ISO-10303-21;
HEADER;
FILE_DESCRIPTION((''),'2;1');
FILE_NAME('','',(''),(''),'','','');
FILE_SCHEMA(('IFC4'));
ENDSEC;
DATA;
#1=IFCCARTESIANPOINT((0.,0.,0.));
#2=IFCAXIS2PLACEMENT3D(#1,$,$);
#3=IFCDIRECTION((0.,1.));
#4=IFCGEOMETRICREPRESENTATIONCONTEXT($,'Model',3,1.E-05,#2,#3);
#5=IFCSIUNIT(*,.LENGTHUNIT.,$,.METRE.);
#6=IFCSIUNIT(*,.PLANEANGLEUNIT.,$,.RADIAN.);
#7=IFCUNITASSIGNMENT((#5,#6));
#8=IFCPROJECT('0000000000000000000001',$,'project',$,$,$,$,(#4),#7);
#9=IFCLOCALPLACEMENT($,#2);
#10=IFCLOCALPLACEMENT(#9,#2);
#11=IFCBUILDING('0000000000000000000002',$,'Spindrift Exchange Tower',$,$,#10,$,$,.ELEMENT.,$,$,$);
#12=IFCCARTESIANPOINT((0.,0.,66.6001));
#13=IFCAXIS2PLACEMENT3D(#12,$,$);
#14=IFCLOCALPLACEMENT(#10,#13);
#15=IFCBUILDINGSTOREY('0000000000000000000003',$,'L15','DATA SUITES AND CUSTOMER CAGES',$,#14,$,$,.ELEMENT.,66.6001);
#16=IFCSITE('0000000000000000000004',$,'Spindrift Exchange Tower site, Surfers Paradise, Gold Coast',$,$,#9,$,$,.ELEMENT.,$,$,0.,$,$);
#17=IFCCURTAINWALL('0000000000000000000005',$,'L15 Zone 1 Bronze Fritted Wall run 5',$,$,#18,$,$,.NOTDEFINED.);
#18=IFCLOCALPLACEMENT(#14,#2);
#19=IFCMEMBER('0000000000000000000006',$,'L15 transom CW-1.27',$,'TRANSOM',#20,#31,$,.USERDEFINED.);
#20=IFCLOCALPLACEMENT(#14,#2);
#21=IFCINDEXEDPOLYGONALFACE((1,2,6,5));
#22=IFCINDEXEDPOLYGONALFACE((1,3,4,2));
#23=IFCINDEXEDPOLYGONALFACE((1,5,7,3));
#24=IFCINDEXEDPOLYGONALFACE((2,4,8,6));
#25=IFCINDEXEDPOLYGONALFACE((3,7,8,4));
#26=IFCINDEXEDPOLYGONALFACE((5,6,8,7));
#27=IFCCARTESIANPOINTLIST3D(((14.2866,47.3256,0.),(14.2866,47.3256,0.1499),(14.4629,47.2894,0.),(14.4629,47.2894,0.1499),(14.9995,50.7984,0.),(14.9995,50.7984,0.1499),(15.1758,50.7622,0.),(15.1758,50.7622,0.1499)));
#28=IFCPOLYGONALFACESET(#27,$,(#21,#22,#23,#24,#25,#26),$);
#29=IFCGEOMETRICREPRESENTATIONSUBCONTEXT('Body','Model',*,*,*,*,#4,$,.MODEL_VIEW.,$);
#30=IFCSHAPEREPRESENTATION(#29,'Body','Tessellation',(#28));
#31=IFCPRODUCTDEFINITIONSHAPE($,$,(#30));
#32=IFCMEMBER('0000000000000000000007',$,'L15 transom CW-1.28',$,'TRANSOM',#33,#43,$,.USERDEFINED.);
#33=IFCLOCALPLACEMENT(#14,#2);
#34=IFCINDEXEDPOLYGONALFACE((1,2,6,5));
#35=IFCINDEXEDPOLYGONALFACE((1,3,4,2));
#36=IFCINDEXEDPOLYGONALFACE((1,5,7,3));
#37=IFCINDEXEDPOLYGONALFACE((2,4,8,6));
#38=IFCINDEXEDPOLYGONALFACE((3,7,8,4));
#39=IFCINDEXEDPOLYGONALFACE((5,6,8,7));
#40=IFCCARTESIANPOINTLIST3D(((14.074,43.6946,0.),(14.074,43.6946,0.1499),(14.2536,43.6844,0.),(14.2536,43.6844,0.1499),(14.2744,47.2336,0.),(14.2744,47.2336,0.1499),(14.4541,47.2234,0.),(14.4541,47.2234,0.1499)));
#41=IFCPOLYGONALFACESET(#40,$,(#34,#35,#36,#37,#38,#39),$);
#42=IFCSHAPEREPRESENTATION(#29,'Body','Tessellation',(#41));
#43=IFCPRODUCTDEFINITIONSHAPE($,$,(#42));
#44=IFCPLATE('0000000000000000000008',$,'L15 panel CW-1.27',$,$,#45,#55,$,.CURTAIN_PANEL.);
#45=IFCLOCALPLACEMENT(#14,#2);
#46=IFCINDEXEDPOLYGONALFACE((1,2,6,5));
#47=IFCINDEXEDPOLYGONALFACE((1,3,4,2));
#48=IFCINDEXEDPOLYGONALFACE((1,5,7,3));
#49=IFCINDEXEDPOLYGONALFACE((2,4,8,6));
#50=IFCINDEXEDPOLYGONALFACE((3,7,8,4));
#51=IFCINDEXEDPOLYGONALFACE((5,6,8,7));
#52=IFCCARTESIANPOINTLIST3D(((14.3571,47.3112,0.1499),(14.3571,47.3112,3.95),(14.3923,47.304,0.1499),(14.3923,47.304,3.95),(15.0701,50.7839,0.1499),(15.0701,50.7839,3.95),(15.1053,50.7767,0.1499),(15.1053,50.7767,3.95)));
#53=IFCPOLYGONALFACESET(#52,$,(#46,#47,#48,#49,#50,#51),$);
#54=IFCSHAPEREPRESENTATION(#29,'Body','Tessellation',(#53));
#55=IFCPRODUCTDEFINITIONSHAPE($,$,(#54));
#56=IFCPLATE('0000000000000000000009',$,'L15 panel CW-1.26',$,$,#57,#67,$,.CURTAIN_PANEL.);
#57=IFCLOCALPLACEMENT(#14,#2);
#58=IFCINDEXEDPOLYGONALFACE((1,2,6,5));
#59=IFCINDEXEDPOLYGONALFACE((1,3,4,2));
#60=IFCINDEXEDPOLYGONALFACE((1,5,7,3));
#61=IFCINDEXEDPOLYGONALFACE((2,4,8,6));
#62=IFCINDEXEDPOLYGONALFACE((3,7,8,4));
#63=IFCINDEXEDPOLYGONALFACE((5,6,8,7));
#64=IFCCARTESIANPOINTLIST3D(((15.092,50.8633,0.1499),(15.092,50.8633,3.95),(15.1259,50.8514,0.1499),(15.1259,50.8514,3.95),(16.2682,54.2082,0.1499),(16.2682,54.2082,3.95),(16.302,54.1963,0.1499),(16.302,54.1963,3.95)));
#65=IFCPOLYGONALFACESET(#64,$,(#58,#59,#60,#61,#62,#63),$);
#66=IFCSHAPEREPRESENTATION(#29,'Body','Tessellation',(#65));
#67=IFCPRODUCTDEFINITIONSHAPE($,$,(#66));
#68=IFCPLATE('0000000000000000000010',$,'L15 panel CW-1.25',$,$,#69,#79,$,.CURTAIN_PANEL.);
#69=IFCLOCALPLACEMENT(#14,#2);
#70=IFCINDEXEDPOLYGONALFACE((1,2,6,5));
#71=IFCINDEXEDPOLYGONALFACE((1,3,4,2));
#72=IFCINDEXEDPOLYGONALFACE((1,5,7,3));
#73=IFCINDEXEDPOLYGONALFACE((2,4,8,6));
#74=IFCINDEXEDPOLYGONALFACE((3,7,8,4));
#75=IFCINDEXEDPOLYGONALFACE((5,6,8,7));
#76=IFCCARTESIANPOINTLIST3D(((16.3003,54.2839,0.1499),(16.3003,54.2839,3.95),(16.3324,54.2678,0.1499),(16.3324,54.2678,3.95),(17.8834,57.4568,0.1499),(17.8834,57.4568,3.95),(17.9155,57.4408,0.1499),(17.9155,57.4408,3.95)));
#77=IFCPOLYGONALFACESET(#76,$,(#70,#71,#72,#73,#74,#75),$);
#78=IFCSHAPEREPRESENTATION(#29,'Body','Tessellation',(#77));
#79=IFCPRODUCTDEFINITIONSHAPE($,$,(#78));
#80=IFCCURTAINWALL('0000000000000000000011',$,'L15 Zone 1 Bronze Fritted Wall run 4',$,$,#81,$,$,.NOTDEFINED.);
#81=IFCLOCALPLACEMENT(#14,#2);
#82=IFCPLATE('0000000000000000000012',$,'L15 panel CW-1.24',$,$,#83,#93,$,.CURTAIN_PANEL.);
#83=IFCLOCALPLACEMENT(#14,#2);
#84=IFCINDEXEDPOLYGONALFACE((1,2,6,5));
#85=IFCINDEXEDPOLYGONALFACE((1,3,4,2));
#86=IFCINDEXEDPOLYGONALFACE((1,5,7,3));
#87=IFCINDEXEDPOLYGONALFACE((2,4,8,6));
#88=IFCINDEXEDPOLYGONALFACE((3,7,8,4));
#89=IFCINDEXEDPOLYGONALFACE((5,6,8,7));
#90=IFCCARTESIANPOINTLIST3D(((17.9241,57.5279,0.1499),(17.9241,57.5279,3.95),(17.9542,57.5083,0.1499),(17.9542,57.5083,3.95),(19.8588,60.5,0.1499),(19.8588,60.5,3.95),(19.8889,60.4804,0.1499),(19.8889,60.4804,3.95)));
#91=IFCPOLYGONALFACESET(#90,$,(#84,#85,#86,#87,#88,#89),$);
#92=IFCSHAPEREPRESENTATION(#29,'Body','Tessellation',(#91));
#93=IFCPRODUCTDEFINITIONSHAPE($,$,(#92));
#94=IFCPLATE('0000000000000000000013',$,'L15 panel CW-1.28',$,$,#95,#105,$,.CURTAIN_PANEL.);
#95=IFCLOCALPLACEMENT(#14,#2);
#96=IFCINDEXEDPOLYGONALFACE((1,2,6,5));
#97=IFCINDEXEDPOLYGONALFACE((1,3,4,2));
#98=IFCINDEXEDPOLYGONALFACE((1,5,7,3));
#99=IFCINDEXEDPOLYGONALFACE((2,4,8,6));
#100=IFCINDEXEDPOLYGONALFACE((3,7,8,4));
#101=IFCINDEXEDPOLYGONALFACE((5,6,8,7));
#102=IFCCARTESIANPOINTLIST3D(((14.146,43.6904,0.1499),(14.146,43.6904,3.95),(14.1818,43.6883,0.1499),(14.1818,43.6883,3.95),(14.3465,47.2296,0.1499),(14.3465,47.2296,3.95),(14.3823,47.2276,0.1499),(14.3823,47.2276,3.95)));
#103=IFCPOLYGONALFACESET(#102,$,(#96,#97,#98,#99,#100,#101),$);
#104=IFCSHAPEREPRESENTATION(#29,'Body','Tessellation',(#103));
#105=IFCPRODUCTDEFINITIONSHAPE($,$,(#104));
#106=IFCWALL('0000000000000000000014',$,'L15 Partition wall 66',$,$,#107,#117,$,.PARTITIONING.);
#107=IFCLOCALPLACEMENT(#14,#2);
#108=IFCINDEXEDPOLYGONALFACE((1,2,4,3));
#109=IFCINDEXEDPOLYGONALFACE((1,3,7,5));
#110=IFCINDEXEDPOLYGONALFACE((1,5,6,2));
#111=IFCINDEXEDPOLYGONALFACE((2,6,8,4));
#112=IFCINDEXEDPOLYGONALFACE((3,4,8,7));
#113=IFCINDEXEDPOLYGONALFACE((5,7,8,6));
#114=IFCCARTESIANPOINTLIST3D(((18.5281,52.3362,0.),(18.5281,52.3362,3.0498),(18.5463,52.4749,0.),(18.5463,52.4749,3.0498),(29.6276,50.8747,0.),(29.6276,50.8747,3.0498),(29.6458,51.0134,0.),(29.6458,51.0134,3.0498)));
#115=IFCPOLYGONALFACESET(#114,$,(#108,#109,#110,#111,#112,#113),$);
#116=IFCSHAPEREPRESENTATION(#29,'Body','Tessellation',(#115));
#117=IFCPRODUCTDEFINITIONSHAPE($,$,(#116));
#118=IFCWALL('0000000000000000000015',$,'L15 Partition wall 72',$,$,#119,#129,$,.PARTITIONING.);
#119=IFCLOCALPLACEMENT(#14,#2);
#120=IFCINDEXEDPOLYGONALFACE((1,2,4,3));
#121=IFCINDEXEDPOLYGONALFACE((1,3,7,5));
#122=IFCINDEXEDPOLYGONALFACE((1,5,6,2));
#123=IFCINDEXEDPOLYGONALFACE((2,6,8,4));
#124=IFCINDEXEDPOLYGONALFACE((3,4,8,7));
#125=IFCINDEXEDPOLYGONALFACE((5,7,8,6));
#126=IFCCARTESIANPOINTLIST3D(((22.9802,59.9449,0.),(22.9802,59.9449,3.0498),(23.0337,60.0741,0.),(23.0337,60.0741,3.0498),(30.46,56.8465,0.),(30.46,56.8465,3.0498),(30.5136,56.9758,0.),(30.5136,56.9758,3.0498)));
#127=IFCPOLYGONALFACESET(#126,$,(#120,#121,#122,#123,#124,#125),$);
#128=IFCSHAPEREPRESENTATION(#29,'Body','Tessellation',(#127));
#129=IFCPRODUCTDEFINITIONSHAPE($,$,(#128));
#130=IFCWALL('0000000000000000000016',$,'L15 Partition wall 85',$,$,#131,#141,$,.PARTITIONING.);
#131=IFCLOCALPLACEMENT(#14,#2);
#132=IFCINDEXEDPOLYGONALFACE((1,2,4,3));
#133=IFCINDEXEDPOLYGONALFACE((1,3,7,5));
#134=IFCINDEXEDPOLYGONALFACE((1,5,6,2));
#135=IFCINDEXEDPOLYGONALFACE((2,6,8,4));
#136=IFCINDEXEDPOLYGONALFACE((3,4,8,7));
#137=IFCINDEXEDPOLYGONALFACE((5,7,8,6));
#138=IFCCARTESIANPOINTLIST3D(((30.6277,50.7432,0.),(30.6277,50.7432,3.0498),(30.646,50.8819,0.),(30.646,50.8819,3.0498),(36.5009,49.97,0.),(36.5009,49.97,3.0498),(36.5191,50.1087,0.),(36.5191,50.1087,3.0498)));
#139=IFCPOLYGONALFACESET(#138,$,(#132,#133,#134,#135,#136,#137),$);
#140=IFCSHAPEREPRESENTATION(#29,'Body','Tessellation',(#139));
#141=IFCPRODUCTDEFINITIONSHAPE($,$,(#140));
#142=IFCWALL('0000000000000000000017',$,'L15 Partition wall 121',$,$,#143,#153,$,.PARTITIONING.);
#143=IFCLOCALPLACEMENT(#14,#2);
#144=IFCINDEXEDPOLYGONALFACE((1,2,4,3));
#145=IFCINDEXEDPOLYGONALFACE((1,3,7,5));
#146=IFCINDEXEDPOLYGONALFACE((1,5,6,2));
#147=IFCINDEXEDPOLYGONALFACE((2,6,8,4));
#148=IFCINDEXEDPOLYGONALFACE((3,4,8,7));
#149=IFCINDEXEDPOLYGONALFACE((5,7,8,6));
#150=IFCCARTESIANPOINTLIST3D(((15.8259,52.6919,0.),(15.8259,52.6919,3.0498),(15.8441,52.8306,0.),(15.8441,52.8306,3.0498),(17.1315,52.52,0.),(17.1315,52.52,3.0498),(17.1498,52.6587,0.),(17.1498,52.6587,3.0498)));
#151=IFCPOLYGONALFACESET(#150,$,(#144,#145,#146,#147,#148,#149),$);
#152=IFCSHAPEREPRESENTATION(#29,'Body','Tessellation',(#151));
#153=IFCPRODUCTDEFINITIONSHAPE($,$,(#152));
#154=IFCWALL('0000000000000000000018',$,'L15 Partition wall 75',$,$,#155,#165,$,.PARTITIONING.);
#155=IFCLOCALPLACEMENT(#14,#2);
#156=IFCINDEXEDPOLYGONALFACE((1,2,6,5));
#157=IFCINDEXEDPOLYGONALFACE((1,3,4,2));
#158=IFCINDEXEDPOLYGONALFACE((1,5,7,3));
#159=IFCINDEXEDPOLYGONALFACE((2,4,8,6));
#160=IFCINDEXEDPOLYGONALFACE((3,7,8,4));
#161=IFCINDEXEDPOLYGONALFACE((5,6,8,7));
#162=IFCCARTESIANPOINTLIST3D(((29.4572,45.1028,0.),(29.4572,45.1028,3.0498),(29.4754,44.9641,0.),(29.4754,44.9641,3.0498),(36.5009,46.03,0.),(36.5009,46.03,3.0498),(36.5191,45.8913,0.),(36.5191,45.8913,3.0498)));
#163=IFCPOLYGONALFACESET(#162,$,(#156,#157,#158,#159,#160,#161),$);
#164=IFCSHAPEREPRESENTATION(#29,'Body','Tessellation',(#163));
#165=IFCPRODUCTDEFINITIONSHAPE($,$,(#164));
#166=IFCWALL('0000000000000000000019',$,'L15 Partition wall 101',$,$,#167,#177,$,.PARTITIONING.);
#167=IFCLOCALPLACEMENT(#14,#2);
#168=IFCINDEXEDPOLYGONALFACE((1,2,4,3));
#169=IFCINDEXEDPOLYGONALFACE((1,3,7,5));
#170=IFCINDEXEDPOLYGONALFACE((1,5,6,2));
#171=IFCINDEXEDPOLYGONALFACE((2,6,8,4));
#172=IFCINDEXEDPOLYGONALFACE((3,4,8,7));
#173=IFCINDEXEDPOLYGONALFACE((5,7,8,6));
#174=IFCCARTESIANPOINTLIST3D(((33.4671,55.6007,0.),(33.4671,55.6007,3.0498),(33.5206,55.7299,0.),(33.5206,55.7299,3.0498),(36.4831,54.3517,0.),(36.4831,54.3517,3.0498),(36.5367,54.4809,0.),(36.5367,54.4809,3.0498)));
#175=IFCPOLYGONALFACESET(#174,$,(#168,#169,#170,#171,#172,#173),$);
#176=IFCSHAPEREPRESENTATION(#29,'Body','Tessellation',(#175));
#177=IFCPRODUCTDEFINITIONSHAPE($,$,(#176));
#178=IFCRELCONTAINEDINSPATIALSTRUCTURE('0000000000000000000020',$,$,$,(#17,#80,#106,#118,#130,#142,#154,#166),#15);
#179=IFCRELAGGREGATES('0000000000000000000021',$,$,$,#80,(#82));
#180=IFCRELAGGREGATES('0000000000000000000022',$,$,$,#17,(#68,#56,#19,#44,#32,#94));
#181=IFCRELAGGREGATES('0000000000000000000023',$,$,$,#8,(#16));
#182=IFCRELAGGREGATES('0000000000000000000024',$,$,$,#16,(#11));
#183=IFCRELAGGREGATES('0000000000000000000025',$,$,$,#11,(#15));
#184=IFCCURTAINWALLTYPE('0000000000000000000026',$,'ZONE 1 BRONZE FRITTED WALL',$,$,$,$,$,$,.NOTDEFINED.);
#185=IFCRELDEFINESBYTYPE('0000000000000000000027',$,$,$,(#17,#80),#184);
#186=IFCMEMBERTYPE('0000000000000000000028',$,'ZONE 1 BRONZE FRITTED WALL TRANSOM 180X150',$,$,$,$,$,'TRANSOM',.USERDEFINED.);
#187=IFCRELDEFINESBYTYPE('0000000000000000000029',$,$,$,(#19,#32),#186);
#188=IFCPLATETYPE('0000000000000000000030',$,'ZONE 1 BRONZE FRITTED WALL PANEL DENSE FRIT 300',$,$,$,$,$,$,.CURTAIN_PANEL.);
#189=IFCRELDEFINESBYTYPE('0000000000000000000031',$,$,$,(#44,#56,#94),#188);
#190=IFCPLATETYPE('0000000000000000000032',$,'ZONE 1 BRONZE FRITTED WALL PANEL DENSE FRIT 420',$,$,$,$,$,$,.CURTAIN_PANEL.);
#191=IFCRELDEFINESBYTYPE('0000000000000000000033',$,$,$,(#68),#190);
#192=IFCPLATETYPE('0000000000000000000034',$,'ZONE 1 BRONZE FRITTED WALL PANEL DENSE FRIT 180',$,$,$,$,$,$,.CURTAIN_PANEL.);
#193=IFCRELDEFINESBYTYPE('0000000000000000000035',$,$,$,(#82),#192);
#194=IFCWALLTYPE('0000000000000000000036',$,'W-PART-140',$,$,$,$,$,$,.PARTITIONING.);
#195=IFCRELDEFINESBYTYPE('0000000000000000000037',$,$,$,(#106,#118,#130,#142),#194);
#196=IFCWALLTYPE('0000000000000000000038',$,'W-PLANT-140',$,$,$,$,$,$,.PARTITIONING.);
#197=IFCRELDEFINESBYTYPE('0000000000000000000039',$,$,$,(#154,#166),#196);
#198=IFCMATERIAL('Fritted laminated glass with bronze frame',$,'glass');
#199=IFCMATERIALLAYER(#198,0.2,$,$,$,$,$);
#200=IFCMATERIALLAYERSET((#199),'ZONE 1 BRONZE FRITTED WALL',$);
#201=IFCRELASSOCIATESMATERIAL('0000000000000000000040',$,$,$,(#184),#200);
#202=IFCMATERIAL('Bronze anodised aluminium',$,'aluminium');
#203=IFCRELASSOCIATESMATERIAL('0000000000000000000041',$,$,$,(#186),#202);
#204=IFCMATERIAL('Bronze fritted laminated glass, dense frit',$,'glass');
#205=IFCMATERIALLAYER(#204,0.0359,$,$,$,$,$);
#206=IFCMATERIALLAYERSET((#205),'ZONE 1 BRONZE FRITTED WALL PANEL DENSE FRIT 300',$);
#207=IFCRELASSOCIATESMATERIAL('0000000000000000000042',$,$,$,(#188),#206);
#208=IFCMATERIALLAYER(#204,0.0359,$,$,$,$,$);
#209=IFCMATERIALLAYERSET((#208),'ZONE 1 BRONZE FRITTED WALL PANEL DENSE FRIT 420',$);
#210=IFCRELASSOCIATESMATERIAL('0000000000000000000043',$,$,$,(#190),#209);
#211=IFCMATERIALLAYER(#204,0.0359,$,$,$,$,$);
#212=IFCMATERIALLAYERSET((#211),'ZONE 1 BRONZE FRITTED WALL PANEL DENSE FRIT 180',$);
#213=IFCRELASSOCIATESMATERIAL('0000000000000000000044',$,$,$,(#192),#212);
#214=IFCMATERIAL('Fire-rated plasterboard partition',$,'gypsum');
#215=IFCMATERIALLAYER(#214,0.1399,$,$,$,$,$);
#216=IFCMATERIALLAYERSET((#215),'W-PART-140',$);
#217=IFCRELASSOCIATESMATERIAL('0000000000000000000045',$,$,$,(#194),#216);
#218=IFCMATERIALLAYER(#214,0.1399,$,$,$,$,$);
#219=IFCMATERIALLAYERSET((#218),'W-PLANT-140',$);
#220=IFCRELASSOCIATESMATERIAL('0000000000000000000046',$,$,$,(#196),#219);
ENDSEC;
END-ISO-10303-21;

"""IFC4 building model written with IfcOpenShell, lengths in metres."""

from ifc_helpers import new_model, si_unit, direction, frame, frame_2d, origin, origin_2d, place, context, subcontext, project, spatial, rectangle, extrude, source, transform, mapped, material, layer, layer_set, material_profile, profile_set, type_object, element, aggregate, save


model = new_model("IFC4")

# Units and contexts
model_context = context("Model", 3, precision=1e-05, world=origin(), true_north=direction((0.0, 1.0)))
body_context = subcontext(model_context, "Body", "Model", "MODEL_VIEW")
ifc_project = project(units=[si_unit("LENGTHUNIT", "METRE"), si_unit("PLANEANGLEUNIT", "RADIAN")], contexts=[model_context])

# Site, building, storey
site_placement = place(None, origin())
site = spatial("IfcSite", under=ifc_project, at=site_placement, Name="Spindrift Exchange Tower site, Surfers Paradise, Gold Coast", CompositionType="ELEMENT", RefElevation=0.0)
building_placement = place(site_placement, origin())
building = spatial("IfcBuilding", under=site, at=building_placement, Name="Spindrift Exchange Tower", CompositionType="ELEMENT")
storey_placement = place(building_placement, frame((0.0, 0.0, 66.6001)))
storey = spatial("IfcBuildingStorey", under=building, at=storey_placement, Name="L15", Description="DATA SUITES AND CUSTOMER CAGES", CompositionType="ELEMENT", Elevation=66.6001)

# Curtain wall, members, plates
ifc_material_1 = material(Name="Fritted laminated glass with bronze frame", Category="glass")
ifc_layer_1 = layer(ifc_material_1, 0.2)
ifc_layer_set_1 = layer_set([ifc_layer_1], Name="ZONE 1 BRONZE FRITTED WALL")
curtain_wall_type = type_object("IfcCurtainWallType", Name="ZONE 1 BRONZE FRITTED WALL", PredefinedType="NOTDEFINED", material=ifc_layer_set_1)
curtain_wall_1_placement = place(storey_placement, origin())
curtain_wall_1 = element("IfcCurtainWall", 1, at=curtain_wall_1_placement, inside=storey, type_object=curtain_wall_type, Name="L15 Zone 1 Bronze Fritted Wall run 5", PredefinedType="NOTDEFINED")
ifc_material_2 = material(Name="Bronze anodised aluminium", Category="aluminium")
ifc_material_profile_1 = material_profile(ifc_material_2, rectangle(XDim=0.1799, YDim=0.1499, at=origin_2d()), Name="ZONE 1 BRONZE FRITTED WALL TRANSOM 180X150")
ifc_profile_set_1 = profile_set([ifc_material_profile_1], Name="Bronze anodised aluminium")
member_type_1 = type_object("IfcMemberType", Name="ZONE 1 BRONZE FRITTED WALL TRANSOM 180X150", ElementType="TRANSOM", PredefinedType="USERDEFINED", material=ifc_profile_set_1)
shared_shape_1 = source(origin(), body_context, "Body", "SweptSolid", [
    extrude(rectangle(XDim=0.1799, YDim=0.1499, at=origin_2d()), origin(), (0.0, 0.0, 1.0), 3.5452),
])
member_1_placement = place(storey_placement, frame((15.0876, 50.7803, 0.075), z_axis=(-0.201093, -0.979572, 0.0), x_axis=(0.979572, -0.201093, 0.0)))
member_1 = element("IfcMember", 2, at=member_1_placement, type_object=member_type_1, Name="L15 transom CW-1.27", ObjectType="TRANSOM", PredefinedType="USERDEFINED", context=body_context, shape_type="MappedRepresentation", body=[
    mapped(shared_shape_1, transform((0.0, 0.0, 0.0), scale=1.0)),
])
shared_shape_2 = source(origin(), body_context, "Body", "SweptSolid", [
    extrude(rectangle(XDim=0.1799, YDim=0.1499, at=origin_2d()), origin(), (0.0, 0.0, 1.0), 3.5447),
])
member_2_placement = place(storey_placement, frame((14.3643, 47.2285, 0.075), z_axis=(-0.056546, -0.9984, 0.0), x_axis=(0.9984, -0.056546, 0.0)))
member_2 = element("IfcMember", 3, at=member_2_placement, type_object=member_type_1, Name="L15 transom CW-1.28", ObjectType="TRANSOM", PredefinedType="USERDEFINED", context=body_context, shape_type="MappedRepresentation", body=[
    mapped(shared_shape_2, transform((0.0, 0.0, 0.0), scale=1.0)),
])
ifc_material_3 = material(Name="Bronze fritted laminated glass, dense frit", Category="glass")
ifc_layer_2 = layer(ifc_material_3, 0.0359)
ifc_layer_set_2 = layer_set([ifc_layer_2], Name="ZONE 1 BRONZE FRITTED WALL PANEL DENSE FRIT 300")
plate_type_1 = type_object("IfcPlateType", Name="ZONE 1 BRONZE FRITTED WALL PANEL DENSE FRIT 300", PredefinedType="CURTAIN_PANEL", material=ifc_layer_set_2)
shared_shape_3 = source(origin(), body_context, "Body", "SweptSolid", [
    extrude(rectangle(XDim=3.5452, YDim=0.0359, at=origin_2d()), origin(), (0.0, 0.0, 1.0), 3.8),
])
plate_1_placement = place(storey_placement, frame((14.7312, 49.0439, 0.1499), z_axis=(0.0, 0.0, 1.0), x_axis=(-0.201121, -0.979566, 0.0)))
plate_1 = element("IfcPlate", 4, at=plate_1_placement, type_object=plate_type_1, Name="L15 panel CW-1.27", PredefinedType="CURTAIN_PANEL", context=body_context, shape_type="MappedRepresentation", body=[
    mapped(shared_shape_3, transform((0.0, 0.0, 0.0), scale=1.0)),
])
shared_shape_4 = source(origin(), body_context, "Body", "SweptSolid", [
    extrude(rectangle(XDim=3.5457, YDim=0.0359, at=origin_2d()), origin(), (0.0, 0.0, 1.0), 3.8),
])
plate_2_placement = place(storey_placement, frame((15.697, 52.5298, 0.1499), z_axis=(0.0, 0.0, 1.0), x_axis=(-0.331717, -0.943379, 0.0)))
plate_2 = element("IfcPlate", 5, at=plate_2_placement, type_object=plate_type_1, Name="L15 panel CW-1.26", PredefinedType="CURTAIN_PANEL", context=body_context, shape_type="MappedRepresentation", body=[
    mapped(shared_shape_4, transform((0.0, 0.0, 0.0), scale=1.0)),
])
ifc_layer_3 = layer(ifc_material_3, 0.0359)
ifc_layer_set_3 = layer_set([ifc_layer_3], Name="ZONE 1 BRONZE FRITTED WALL PANEL DENSE FRIT 420")
plate_type_2 = type_object("IfcPlateType", Name="ZONE 1 BRONZE FRITTED WALL PANEL DENSE FRIT 420", PredefinedType="CURTAIN_PANEL", material=ifc_layer_set_3)
shared_shape_5 = source(origin(), body_context, "Body", "SweptSolid", [
    extrude(rectangle(XDim=3.5459, YDim=0.0359, at=origin_2d()), origin(), (0.0, 0.0, 1.0), 3.8),
])
plate_3_placement = place(storey_placement, frame((17.1079, 55.8623, 0.1499), z_axis=(0.0, 0.0, 1.0), x_axis=(-0.446441, -0.894813, 0.0)))
plate_3 = element("IfcPlate", 6, at=plate_3_placement, type_object=plate_type_2, Name="L15 panel CW-1.25", PredefinedType="CURTAIN_PANEL", context=body_context, shape_type="MappedRepresentation", body=[
    mapped(shared_shape_5, transform((0.0, 0.0, 0.0), scale=1.0)),
])

# Curtain wall, plate
curtain_wall_2_placement = place(storey_placement, origin())
curtain_wall_2 = element("IfcCurtainWall", 7, at=curtain_wall_2_placement, inside=storey, type_object=curtain_wall_type, Name="L15 Zone 1 Bronze Fritted Wall run 4", PredefinedType="NOTDEFINED")
ifc_layer_4 = layer(ifc_material_3, 0.0359)
ifc_layer_set_4 = layer_set([ifc_layer_4], Name="ZONE 1 BRONZE FRITTED WALL PANEL DENSE FRIT 180")
plate_type_3 = type_object("IfcPlateType", Name="ZONE 1 BRONZE FRITTED WALL PANEL DENSE FRIT 180", PredefinedType="CURTAIN_PANEL", material=ifc_layer_set_4)
shared_shape_6 = source(origin(), body_context, "Body", "SweptSolid", [
    extrude(rectangle(XDim=3.5464, YDim=0.0359, at=origin_2d()), origin(), (0.0, 0.0, 1.0), 3.8),
])
plate_4_placement = place(storey_placement, frame((18.9065, 59.0042, 0.1499), z_axis=(0.0, 0.0, 1.0), x_axis=(-0.545554, -0.838076, 0.0)))
plate_4 = element("IfcPlate", 8, at=plate_4_placement, type_object=plate_type_3, Name="L15 panel CW-1.24", PredefinedType="CURTAIN_PANEL", context=body_context, shape_type="MappedRepresentation", body=[
    mapped(shared_shape_6, transform((0.0, 0.0, 0.0), scale=1.0)),
])
aggregate(curtain_wall_2, [plate_4])

# Plate
shared_shape_7 = source(origin(), body_context, "Body", "SweptSolid", [
    extrude(rectangle(XDim=3.5449, YDim=0.0359, at=origin_2d()), origin(), (0.0, 0.0, 1.0), 3.8),
])
plate_5_placement = place(storey_placement, frame((14.2642, 45.459, 0.1499), z_axis=(0.0, 0.0, 1.0), x_axis=(-0.056555, -0.998399, 0.0)))
plate_5 = element("IfcPlate", 9, at=plate_5_placement, type_object=plate_type_1, Name="L15 panel CW-1.28", PredefinedType="CURTAIN_PANEL", context=body_context, shape_type="MappedRepresentation", body=[
    mapped(shared_shape_7, transform((0.0, 0.0, 0.0), scale=1.0)),
])
aggregate(curtain_wall_1, [plate_3, plate_2, member_1, plate_1, member_2, plate_5])

# Walls
ifc_material_4 = material(Name="Fire-rated plasterboard partition", Category="gypsum")
ifc_layer_5 = layer(ifc_material_4, 0.1399)
ifc_layer_set_5 = layer_set([ifc_layer_5], Name="W-PART-140")
wall_type_1 = type_object("IfcWallType", Name="W-PART-140", PredefinedType="PARTITIONING", material=ifc_layer_set_5)
wall_1_placement = place(storey_placement, frame((29.6367, 50.9441, 0.0), z_axis=(0.0, 0.0, 1.0), x_axis=(-0.991443, 0.130538, 0.0)))
element("IfcWall", 10, at=wall_1_placement, inside=storey, type_object=wall_type_1, Name="L15 Partition wall 66", PredefinedType="PARTITIONING", context=body_context, shape_type="SweptSolid", body=[
    extrude(rectangle(XDim=11.1953, YDim=0.1399, at=frame_2d((5.5977, 0.0))), origin(), (0.0, 0.0, 1.0), 3.0498),
])
wall_2_placement = place(storey_placement, frame((30.4868, 56.9111, 0.0), z_axis=(0.0, 0.0, 1.0), x_axis=(-0.923876, 0.382692, 0.0)))
element("IfcWall", 11, at=wall_2_placement, inside=storey, type_object=wall_type_1, Name="L15 Partition wall 72", PredefinedType="PARTITIONING", context=body_context, shape_type="SweptSolid", body=[
    extrude(rectangle(XDim=8.0962, YDim=0.1399, at=frame_2d((4.0481, 0.0))), origin(), (0.0, 0.0, 1.0), 3.0498),
])
wall_3_placement = place(storey_placement, frame((36.51, 50.0393, 0.0), z_axis=(0.0, 0.0, 1.0), x_axis=(-0.991445, 0.130525, 0.0)))
element("IfcWall", 12, at=wall_3_placement, inside=storey, type_object=wall_type_1, Name="L15 Partition wall 85", PredefinedType="PARTITIONING", context=body_context, shape_type="SweptSolid", body=[
    extrude(rectangle(XDim=5.9238, YDim=0.1399, at=frame_2d((2.9619, 0.0))), origin(), (0.0, 0.0, 1.0), 3.0498),
])
wall_4_placement = place(storey_placement, frame((17.1406, 52.5894, 0.0), z_axis=(0.0, 0.0, 1.0), x_axis=(-0.991447, 0.130512, 0.0)))
element("IfcWall", 13, at=wall_4_placement, inside=storey, type_object=wall_type_1, Name="L15 Partition wall 121", PredefinedType="PARTITIONING", context=body_context, shape_type="SweptSolid", body=[
    extrude(rectangle(XDim=1.3169, YDim=0.1399, at=frame_2d((0.6584, 0.0))), origin(), (0.0, 0.0, 1.0), 3.0498),
])
ifc_layer_6 = layer(ifc_material_4, 0.1399)
ifc_layer_set_6 = layer_set([ifc_layer_6], Name="W-PLANT-140")
wall_type_2 = type_object("IfcWallType", Name="W-PLANT-140", PredefinedType="PARTITIONING", material=ifc_layer_set_6)
wall_5_placement = place(storey_placement, frame((36.51, 45.9607, 0.0), z_axis=(0.0, 0.0, 1.0), x_axis=(-0.991446, -0.130516, 0.0)))
element("IfcWall", 14, at=wall_5_placement, inside=storey, type_object=wall_type_2, Name="L15 Partition wall 75", PredefinedType="PARTITIONING", context=body_context, shape_type="SweptSolid", body=[
    extrude(rectangle(XDim=7.1045, YDim=0.1399, at=frame_2d((3.5522, 0.0))), origin(), (0.0, 0.0, 1.0), 3.0498),
])
wall_6_placement = place(storey_placement, frame((36.51, 54.4163, 0.0), z_axis=(0.0, 0.0, 1.0), x_axis=(-0.923911, 0.382607, 0.0)))
element("IfcWall", 15, at=wall_6_placement, inside=storey, type_object=wall_type_2, Name="L15 Partition wall 101", PredefinedType="PARTITIONING", context=body_context, shape_type="SweptSolid", body=[
    extrude(rectangle(XDim=3.2644, YDim=0.1399, at=frame_2d((1.6323, 0.0))), origin(), (0.0, 0.0, 1.0), 3.0498),
])

save(model, "model.ifc")
